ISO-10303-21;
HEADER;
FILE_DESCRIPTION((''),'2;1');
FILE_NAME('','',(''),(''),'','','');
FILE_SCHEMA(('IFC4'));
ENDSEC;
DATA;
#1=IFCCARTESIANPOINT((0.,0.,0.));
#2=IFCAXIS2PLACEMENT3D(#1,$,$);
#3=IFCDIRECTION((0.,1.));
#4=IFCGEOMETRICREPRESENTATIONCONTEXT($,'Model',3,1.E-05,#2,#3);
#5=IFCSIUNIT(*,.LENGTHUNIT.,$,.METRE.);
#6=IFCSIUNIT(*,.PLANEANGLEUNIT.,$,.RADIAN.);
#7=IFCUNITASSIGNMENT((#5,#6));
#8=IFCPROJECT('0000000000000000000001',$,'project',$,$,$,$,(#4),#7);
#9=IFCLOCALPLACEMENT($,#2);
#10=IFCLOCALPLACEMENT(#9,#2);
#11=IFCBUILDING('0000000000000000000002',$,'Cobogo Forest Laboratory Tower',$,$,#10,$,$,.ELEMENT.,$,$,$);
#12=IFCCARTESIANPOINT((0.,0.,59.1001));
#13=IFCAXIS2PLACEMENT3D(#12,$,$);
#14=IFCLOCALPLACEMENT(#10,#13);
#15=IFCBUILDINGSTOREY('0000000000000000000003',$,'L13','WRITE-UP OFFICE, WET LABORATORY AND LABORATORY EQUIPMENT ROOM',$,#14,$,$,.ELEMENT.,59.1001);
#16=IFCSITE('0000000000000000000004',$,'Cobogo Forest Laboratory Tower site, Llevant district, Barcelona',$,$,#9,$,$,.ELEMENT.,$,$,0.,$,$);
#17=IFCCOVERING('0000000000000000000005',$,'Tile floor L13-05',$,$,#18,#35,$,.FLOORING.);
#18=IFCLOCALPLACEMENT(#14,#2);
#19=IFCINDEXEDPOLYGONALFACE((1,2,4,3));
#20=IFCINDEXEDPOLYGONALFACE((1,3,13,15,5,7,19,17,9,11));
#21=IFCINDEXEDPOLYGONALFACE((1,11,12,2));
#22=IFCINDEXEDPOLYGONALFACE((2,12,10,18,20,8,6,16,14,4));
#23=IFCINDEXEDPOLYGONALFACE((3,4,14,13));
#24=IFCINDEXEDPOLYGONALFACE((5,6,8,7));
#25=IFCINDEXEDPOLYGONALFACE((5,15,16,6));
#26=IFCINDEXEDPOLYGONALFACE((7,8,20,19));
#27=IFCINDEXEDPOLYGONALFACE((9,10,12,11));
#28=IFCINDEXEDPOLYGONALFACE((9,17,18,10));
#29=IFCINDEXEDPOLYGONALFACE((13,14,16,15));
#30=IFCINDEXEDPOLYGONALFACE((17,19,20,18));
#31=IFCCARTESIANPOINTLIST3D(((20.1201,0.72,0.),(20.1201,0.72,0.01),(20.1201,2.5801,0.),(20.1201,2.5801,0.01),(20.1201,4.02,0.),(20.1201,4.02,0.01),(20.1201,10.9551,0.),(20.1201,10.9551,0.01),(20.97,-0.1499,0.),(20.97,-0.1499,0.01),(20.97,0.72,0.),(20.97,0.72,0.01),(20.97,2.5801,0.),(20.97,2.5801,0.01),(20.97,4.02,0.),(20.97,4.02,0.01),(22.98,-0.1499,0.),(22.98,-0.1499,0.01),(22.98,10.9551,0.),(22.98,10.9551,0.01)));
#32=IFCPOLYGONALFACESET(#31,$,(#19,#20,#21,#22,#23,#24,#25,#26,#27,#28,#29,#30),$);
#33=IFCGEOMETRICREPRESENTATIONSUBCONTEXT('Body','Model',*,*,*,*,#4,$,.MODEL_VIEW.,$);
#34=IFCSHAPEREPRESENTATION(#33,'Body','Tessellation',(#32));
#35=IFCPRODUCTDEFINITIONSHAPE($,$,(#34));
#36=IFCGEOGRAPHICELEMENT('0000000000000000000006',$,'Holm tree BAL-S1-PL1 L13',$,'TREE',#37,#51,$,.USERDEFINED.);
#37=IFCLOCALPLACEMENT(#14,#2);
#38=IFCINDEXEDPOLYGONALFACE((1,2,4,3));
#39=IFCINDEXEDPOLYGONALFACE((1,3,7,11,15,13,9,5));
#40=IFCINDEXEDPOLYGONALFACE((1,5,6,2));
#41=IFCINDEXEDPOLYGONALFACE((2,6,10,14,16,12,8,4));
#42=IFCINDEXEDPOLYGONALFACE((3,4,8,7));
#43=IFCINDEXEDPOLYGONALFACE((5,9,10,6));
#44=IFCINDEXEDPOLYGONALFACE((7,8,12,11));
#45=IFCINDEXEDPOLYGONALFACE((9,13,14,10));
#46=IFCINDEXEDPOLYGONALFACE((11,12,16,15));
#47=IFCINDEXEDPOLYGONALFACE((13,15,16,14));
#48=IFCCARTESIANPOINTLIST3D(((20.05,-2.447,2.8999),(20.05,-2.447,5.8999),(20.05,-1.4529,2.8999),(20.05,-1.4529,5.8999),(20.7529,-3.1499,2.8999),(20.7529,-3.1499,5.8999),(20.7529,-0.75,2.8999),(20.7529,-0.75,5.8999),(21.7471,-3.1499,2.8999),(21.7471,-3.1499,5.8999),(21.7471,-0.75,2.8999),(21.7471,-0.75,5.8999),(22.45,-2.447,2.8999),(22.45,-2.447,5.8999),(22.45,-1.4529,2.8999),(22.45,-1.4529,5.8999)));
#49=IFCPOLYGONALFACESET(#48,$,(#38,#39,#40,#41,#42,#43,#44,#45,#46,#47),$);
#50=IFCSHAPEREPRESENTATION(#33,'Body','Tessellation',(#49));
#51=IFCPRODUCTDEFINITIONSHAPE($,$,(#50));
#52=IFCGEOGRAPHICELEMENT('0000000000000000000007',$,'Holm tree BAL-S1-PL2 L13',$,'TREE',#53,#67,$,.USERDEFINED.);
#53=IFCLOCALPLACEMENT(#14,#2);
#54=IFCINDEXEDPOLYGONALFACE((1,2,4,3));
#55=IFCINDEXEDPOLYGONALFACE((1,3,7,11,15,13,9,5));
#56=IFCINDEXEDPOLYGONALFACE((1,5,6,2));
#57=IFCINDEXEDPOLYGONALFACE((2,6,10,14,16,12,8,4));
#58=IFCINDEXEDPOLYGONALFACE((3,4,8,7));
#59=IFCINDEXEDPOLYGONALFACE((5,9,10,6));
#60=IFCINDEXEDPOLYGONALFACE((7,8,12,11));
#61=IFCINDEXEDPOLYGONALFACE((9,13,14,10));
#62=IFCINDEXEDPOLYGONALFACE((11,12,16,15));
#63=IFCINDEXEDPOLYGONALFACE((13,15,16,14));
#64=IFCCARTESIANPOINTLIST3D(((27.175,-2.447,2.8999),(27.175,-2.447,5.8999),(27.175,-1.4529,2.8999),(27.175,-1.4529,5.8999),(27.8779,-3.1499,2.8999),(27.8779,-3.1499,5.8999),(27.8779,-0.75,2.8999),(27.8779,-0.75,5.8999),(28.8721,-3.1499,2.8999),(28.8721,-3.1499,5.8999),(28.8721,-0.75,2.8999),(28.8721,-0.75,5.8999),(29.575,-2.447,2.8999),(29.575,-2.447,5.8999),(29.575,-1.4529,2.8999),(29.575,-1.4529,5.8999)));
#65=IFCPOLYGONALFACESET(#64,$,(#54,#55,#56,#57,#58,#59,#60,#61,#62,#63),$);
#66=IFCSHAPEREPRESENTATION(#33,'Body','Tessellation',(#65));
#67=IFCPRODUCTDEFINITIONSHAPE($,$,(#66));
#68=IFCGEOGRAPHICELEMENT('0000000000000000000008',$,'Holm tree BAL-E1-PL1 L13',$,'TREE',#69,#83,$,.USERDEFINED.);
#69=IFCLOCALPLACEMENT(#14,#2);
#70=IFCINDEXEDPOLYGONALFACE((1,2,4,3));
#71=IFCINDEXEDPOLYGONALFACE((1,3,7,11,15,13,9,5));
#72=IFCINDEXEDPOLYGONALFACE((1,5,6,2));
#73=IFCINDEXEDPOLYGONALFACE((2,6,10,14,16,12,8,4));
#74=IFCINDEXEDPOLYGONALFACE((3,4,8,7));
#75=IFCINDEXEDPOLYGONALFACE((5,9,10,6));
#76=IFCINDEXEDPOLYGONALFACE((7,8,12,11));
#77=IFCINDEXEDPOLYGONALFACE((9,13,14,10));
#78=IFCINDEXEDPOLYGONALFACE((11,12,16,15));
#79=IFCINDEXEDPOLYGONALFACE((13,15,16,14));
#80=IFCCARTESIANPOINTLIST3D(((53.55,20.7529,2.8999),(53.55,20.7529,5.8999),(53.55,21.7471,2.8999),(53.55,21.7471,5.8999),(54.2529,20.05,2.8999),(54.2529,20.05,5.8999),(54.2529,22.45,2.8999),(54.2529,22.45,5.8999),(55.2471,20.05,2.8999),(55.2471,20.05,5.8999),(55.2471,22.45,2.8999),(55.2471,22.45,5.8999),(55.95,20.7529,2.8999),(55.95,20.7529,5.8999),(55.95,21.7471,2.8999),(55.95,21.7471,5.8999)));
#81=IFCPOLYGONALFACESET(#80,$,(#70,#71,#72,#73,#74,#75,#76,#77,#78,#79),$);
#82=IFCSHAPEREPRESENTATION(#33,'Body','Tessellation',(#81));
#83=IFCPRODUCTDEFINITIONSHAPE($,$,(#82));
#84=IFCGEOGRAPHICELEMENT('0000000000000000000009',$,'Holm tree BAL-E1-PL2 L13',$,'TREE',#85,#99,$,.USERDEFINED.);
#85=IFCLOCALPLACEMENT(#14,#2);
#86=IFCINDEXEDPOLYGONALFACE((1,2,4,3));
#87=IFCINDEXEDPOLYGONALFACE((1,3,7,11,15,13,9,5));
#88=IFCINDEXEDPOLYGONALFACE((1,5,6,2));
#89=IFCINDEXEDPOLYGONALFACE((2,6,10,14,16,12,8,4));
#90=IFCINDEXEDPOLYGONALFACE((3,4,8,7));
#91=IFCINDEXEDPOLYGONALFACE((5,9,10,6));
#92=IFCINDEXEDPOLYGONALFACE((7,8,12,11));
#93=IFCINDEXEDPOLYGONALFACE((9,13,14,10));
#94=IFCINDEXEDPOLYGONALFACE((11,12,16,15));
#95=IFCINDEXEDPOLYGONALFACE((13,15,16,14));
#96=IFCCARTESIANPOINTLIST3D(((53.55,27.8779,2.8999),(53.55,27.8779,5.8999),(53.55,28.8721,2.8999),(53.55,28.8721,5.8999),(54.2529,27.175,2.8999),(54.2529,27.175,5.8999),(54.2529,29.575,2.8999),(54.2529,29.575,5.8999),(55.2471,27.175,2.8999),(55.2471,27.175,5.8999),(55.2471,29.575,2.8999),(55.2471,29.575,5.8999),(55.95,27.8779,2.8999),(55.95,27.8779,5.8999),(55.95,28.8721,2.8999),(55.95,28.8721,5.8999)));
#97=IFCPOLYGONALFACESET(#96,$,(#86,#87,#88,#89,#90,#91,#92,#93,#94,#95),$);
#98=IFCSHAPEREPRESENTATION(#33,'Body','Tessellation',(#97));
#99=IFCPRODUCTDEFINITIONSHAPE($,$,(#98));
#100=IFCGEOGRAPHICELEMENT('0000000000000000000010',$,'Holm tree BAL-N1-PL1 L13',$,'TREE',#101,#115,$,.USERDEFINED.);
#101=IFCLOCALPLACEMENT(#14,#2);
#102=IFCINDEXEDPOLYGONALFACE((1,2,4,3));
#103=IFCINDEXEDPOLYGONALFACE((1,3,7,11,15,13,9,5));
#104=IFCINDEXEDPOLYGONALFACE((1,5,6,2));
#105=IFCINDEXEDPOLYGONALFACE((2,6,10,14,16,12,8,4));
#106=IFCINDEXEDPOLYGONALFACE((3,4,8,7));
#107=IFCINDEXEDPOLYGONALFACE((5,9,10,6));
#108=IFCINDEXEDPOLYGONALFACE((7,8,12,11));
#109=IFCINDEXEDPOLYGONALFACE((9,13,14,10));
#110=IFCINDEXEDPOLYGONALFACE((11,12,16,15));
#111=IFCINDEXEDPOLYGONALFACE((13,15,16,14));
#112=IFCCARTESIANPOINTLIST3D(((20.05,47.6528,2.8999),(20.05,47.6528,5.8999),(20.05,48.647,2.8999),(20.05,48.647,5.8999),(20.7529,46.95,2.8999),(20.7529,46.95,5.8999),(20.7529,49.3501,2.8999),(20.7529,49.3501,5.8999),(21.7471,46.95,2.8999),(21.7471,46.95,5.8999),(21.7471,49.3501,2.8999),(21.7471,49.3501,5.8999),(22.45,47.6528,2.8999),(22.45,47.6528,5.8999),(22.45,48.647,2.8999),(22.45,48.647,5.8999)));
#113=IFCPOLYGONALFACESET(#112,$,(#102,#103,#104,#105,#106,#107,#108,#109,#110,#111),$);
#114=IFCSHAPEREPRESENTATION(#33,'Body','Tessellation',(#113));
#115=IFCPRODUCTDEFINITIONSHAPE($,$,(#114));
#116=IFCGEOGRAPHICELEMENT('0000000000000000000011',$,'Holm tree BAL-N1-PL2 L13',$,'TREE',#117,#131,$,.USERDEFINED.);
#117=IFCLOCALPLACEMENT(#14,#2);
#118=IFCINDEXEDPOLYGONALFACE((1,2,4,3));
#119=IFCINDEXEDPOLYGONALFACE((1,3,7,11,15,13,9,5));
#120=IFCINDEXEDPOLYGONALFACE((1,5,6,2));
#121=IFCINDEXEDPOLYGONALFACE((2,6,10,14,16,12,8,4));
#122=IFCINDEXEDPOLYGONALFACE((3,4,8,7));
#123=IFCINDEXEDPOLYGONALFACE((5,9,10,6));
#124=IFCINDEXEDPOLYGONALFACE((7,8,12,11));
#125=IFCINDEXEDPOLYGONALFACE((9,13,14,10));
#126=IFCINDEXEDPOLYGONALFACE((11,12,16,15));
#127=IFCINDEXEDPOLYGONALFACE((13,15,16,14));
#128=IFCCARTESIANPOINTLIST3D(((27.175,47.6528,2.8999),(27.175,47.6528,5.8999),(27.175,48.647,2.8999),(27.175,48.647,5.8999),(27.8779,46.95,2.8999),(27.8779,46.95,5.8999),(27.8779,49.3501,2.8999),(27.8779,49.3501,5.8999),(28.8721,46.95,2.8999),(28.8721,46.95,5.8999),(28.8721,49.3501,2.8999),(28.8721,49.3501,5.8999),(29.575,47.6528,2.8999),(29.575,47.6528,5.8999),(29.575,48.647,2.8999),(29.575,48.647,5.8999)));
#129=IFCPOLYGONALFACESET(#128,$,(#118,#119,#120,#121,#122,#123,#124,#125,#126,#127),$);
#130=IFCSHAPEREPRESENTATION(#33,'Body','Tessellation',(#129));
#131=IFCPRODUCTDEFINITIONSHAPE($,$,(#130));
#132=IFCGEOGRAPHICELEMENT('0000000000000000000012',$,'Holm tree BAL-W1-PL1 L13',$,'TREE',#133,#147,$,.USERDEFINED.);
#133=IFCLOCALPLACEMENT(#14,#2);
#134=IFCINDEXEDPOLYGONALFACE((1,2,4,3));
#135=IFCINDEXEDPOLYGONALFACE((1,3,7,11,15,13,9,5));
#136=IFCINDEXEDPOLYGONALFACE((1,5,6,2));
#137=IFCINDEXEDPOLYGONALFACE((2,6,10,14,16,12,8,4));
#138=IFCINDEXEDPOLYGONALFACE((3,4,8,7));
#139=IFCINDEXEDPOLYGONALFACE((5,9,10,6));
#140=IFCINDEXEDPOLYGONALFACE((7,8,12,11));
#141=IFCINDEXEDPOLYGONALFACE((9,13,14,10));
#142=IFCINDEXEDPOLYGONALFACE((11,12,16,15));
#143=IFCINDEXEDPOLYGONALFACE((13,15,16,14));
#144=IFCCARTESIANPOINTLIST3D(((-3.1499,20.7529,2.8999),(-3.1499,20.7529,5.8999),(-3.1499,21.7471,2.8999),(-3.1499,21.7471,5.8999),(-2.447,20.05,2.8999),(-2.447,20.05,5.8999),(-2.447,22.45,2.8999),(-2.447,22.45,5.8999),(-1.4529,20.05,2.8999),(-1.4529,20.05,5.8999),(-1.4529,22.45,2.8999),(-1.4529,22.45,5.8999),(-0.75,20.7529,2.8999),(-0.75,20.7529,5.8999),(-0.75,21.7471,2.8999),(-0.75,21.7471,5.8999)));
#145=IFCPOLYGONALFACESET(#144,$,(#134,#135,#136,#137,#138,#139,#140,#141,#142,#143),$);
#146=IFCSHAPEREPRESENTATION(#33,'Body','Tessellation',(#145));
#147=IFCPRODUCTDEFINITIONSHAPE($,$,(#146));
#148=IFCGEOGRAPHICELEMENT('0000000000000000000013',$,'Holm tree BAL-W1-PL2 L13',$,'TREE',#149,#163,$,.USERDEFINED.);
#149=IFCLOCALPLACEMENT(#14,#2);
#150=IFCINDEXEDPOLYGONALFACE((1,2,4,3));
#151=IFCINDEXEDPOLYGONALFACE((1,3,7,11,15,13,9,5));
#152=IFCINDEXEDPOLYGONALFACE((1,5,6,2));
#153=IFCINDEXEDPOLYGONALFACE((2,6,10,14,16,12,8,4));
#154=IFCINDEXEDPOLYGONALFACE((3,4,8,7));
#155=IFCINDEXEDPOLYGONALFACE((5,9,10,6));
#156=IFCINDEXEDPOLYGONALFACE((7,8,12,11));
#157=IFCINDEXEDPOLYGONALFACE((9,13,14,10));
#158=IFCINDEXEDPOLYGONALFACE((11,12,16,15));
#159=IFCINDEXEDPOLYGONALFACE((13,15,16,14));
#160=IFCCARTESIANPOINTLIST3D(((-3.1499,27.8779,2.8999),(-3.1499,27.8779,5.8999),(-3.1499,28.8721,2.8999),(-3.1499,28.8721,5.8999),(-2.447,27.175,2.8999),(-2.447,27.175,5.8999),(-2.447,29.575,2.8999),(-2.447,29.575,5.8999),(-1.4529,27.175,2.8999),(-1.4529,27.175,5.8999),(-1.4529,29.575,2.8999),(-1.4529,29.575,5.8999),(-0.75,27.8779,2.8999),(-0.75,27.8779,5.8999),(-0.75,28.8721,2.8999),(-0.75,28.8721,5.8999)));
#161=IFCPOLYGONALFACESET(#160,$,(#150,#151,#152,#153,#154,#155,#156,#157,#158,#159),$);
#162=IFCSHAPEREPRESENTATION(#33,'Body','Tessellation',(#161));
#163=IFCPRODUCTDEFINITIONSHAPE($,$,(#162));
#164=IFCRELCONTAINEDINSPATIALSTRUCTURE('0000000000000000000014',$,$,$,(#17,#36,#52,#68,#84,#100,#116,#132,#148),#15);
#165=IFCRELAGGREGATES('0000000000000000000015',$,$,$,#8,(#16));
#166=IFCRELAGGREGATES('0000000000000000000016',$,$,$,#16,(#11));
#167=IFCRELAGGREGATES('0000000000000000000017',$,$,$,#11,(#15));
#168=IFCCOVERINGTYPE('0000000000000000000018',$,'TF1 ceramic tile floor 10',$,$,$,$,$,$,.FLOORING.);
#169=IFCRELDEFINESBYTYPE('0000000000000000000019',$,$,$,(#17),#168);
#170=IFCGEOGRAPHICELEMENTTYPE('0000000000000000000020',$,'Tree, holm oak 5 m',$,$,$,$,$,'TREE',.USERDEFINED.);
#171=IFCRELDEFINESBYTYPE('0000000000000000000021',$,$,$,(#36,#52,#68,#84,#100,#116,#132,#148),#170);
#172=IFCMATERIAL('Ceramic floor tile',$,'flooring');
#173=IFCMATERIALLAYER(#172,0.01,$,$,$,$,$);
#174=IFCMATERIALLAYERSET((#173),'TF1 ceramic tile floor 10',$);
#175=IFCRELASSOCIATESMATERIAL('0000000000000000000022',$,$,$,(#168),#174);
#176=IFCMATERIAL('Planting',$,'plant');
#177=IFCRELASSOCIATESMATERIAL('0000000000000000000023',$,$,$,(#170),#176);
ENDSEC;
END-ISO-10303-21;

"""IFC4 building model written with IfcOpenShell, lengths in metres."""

from ifc_helpers import new_model, si_unit, direction, frame, origin, place, context, subcontext, project, spatial, polyline, outline, extrude, material, layer, layer_set, type_object, element, save


model = new_model("IFC4")

# Units and contexts
model_context = context("Model", 3, precision=1e-05, world=origin(), true_north=direction((0.0, 1.0)))
body_context = subcontext(model_context, "Body", "Model", "MODEL_VIEW")
ifc_project = project(units=[si_unit("LENGTHUNIT", "METRE"), si_unit("PLANEANGLEUNIT", "RADIAN")], contexts=[model_context])

# Site, building, storey
site_placement = place(None, origin())
site = spatial("IfcSite", under=ifc_project, at=site_placement, Name="Cobogo Forest Laboratory Tower site, Llevant district, Barcelona", CompositionType="ELEMENT", RefElevation=0.0)
building_placement = place(site_placement, origin())
building = spatial("IfcBuilding", under=site, at=building_placement, Name="Cobogo Forest Laboratory Tower", CompositionType="ELEMENT")
storey_placement = place(building_placement, frame((0.0, 0.0, 59.1001)))
storey = spatial("IfcBuildingStorey", under=building, at=storey_placement, Name="L13", Description="WRITE-UP OFFICE, WET LABORATORY AND LABORATORY EQUIPMENT ROOM", CompositionType="ELEMENT", Elevation=59.1001)

# Covering
ifc_material_1 = material(Name="Ceramic floor tile", Category="flooring")
ifc_layer_1 = layer(ifc_material_1, 0.01)
ifc_layer_set_1 = layer_set([ifc_layer_1], Name="TF1 ceramic tile floor 10")
covering_type_1 = type_object("IfcCoveringType", Name="TF1 ceramic tile floor 10", PredefinedType="FLOORING", material=ifc_layer_set_1)
covering_1_placement = place(storey_placement, origin())
element("IfcCovering", 1, at=covering_1_placement, inside=storey, type_object=covering_type_1, Name="Tile floor L13-05", PredefinedType="FLOORING", context=body_context, shape_type="SweptSolid", body=[
    extrude(outline(polyline([(22.98, 10.9551), (22.98, -0.1499), (20.97, -0.1499), (20.97, 0.72), (20.1201, 0.72), (20.1201, 2.5801), (20.97, 2.5801), (20.97, 4.02), (20.1201, 4.02), (20.1201, 10.9551), (22.98, 10.9551)])), origin(), (0.0, 0.0, 1.0), 0.01),
])

# Geographic elements
ifc_material_2 = material(Name="Planting", Category="plant")
geographic_element_type = type_object("IfcGeographicElementType", Name="Tree, holm oak 5 m", ElementType="TREE", PredefinedType="USERDEFINED", material=ifc_material_2)
geographic_element_1_placement = place(storey_placement, frame((0.0, 0.0, 2.8999)))
element("IfcGeographicElement", 2, at=geographic_element_1_placement, inside=storey, type_object=geographic_element_type, Name="Holm tree BAL-S1-PL1 L13", ObjectType="TREE", PredefinedType="USERDEFINED", context=body_context, shape_type="SweptSolid", body=[
    extrude(outline(polyline([(22.45, -2.447), (22.45, -1.4529), (21.7471, -0.75), (20.7529, -0.75), (20.05, -1.4529), (20.05, -2.447), (20.7529, -3.1499), (21.7471, -3.1499), (22.45, -2.447)])), origin(), (0.0, 0.0, 1.0), 3.0),
])
geographic_element_2_placement = place(storey_placement, frame((0.0, 0.0, 2.8999)))
element("IfcGeographicElement", 3, at=geographic_element_2_placement, inside=storey, type_object=geographic_element_type, Name="Holm tree BAL-S1-PL2 L13", ObjectType="TREE", PredefinedType="USERDEFINED", context=body_context, shape_type="SweptSolid", body=[
    extrude(outline(polyline([(29.575, -2.447), (29.575, -1.4529), (28.8721, -0.75), (27.8779, -0.75), (27.175, -1.4529), (27.175, -2.447), (27.8779, -3.1499), (28.8721, -3.1499), (29.575, -2.447)])), origin(), (0.0, 0.0, 1.0), 3.0),
])
geographic_element_3_placement = place(storey_placement, frame((0.0, 0.0, 2.8999)))
element("IfcGeographicElement", 4, at=geographic_element_3_placement, inside=storey, type_object=geographic_element_type, Name="Holm tree BAL-E1-PL1 L13", ObjectType="TREE", PredefinedType="USERDEFINED", context=body_context, shape_type="SweptSolid", body=[
    extrude(outline(polyline([(55.95, 20.7529), (55.95, 21.7471), (55.2471, 22.45), (54.2529, 22.45), (53.55, 21.7471), (53.55, 20.7529), (54.2529, 20.05), (55.2471, 20.05), (55.95, 20.7529)])), origin(), (0.0, 0.0, 1.0), 3.0),
])
geographic_element_4_placement = place(storey_placement, frame((0.0, 0.0, 2.8999)))
element("IfcGeographicElement", 5, at=geographic_element_4_placement, inside=storey, type_object=geographic_element_type, Name="Holm tree BAL-E1-PL2 L13", ObjectType="TREE", PredefinedType="USERDEFINED", context=body_context, shape_type="SweptSolid", body=[
    extrude(outline(polyline([(55.95, 27.8779), (55.95, 28.8721), (55.2471, 29.575), (54.2529, 29.575), (53.55, 28.8721), (53.55, 27.8779), (54.2529, 27.175), (55.2471, 27.175), (55.95, 27.8779)])), origin(), (0.0, 0.0, 1.0), 3.0),
])
geographic_element_5_placement = place(storey_placement, frame((0.0, 0.0, 2.8999)))
element("IfcGeographicElement", 6, at=geographic_element_5_placement, inside=storey, type_object=geographic_element_type, Name="Holm tree BAL-N1-PL1 L13", ObjectType="TREE", PredefinedType="USERDEFINED", context=body_context, shape_type="SweptSolid", body=[
    extrude(outline(polyline([(22.45, 47.6528), (22.45, 48.647), (21.7471, 49.3501), (20.7529, 49.3501), (20.05, 48.647), (20.05, 47.6528), (20.7529, 46.95), (21.7471, 46.95), (22.45, 47.6528)])), origin(), (0.0, 0.0, 1.0), 3.0),
])
geographic_element_6_placement = place(storey_placement, frame((0.0, 0.0, 2.8999)))
element("IfcGeographicElement", 7, at=geographic_element_6_placement, inside=storey, type_object=geographic_element_type, Name="Holm tree BAL-N1-PL2 L13", ObjectType="TREE", PredefinedType="USERDEFINED", context=body_context, shape_type="SweptSolid", body=[
    extrude(outline(polyline([(29.575, 47.6528), (29.575, 48.647), (28.8721, 49.3501), (27.8779, 49.3501), (27.175, 48.647), (27.175, 47.6528), (27.8779, 46.95), (28.8721, 46.95), (29.575, 47.6528)])), origin(), (0.0, 0.0, 1.0), 3.0),
])
geographic_element_7_placement = place(storey_placement, frame((0.0, 0.0, 2.8999)))
element("IfcGeographicElement", 8, at=geographic_element_7_placement, inside=storey, type_object=geographic_element_type, Name="Holm tree BAL-W1-PL1 L13", ObjectType="TREE", PredefinedType="USERDEFINED", context=body_context, shape_type="SweptSolid", body=[
    extrude(outline(polyline([(-0.75, 20.7529), (-0.75, 21.7471), (-1.4529, 22.45), (-2.447, 22.45), (-3.1499, 21.7471), (-3.1499, 20.7529), (-2.447, 20.05), (-1.4529, 20.05), (-0.75, 20.7529)])), origin(), (0.0, 0.0, 1.0), 3.0),
])
geographic_element_8_placement = place(storey_placement, frame((0.0, 0.0, 2.8999)))
element("IfcGeographicElement", 9, at=geographic_element_8_placement, inside=storey, type_object=geographic_element_type, Name="Holm tree BAL-W1-PL2 L13", ObjectType="TREE", PredefinedType="USERDEFINED", context=body_context, shape_type="SweptSolid", body=[
    extrude(outline(polyline([(-0.75, 27.8779), (-0.75, 28.8721), (-1.4529, 29.575), (-2.447, 29.575), (-3.1499, 28.8721), (-3.1499, 27.8779), (-2.447, 27.175), (-1.4529, 27.175), (-0.75, 27.8779)])), origin(), (0.0, 0.0, 1.0), 3.0),
])

save(model, "model.ifc")
